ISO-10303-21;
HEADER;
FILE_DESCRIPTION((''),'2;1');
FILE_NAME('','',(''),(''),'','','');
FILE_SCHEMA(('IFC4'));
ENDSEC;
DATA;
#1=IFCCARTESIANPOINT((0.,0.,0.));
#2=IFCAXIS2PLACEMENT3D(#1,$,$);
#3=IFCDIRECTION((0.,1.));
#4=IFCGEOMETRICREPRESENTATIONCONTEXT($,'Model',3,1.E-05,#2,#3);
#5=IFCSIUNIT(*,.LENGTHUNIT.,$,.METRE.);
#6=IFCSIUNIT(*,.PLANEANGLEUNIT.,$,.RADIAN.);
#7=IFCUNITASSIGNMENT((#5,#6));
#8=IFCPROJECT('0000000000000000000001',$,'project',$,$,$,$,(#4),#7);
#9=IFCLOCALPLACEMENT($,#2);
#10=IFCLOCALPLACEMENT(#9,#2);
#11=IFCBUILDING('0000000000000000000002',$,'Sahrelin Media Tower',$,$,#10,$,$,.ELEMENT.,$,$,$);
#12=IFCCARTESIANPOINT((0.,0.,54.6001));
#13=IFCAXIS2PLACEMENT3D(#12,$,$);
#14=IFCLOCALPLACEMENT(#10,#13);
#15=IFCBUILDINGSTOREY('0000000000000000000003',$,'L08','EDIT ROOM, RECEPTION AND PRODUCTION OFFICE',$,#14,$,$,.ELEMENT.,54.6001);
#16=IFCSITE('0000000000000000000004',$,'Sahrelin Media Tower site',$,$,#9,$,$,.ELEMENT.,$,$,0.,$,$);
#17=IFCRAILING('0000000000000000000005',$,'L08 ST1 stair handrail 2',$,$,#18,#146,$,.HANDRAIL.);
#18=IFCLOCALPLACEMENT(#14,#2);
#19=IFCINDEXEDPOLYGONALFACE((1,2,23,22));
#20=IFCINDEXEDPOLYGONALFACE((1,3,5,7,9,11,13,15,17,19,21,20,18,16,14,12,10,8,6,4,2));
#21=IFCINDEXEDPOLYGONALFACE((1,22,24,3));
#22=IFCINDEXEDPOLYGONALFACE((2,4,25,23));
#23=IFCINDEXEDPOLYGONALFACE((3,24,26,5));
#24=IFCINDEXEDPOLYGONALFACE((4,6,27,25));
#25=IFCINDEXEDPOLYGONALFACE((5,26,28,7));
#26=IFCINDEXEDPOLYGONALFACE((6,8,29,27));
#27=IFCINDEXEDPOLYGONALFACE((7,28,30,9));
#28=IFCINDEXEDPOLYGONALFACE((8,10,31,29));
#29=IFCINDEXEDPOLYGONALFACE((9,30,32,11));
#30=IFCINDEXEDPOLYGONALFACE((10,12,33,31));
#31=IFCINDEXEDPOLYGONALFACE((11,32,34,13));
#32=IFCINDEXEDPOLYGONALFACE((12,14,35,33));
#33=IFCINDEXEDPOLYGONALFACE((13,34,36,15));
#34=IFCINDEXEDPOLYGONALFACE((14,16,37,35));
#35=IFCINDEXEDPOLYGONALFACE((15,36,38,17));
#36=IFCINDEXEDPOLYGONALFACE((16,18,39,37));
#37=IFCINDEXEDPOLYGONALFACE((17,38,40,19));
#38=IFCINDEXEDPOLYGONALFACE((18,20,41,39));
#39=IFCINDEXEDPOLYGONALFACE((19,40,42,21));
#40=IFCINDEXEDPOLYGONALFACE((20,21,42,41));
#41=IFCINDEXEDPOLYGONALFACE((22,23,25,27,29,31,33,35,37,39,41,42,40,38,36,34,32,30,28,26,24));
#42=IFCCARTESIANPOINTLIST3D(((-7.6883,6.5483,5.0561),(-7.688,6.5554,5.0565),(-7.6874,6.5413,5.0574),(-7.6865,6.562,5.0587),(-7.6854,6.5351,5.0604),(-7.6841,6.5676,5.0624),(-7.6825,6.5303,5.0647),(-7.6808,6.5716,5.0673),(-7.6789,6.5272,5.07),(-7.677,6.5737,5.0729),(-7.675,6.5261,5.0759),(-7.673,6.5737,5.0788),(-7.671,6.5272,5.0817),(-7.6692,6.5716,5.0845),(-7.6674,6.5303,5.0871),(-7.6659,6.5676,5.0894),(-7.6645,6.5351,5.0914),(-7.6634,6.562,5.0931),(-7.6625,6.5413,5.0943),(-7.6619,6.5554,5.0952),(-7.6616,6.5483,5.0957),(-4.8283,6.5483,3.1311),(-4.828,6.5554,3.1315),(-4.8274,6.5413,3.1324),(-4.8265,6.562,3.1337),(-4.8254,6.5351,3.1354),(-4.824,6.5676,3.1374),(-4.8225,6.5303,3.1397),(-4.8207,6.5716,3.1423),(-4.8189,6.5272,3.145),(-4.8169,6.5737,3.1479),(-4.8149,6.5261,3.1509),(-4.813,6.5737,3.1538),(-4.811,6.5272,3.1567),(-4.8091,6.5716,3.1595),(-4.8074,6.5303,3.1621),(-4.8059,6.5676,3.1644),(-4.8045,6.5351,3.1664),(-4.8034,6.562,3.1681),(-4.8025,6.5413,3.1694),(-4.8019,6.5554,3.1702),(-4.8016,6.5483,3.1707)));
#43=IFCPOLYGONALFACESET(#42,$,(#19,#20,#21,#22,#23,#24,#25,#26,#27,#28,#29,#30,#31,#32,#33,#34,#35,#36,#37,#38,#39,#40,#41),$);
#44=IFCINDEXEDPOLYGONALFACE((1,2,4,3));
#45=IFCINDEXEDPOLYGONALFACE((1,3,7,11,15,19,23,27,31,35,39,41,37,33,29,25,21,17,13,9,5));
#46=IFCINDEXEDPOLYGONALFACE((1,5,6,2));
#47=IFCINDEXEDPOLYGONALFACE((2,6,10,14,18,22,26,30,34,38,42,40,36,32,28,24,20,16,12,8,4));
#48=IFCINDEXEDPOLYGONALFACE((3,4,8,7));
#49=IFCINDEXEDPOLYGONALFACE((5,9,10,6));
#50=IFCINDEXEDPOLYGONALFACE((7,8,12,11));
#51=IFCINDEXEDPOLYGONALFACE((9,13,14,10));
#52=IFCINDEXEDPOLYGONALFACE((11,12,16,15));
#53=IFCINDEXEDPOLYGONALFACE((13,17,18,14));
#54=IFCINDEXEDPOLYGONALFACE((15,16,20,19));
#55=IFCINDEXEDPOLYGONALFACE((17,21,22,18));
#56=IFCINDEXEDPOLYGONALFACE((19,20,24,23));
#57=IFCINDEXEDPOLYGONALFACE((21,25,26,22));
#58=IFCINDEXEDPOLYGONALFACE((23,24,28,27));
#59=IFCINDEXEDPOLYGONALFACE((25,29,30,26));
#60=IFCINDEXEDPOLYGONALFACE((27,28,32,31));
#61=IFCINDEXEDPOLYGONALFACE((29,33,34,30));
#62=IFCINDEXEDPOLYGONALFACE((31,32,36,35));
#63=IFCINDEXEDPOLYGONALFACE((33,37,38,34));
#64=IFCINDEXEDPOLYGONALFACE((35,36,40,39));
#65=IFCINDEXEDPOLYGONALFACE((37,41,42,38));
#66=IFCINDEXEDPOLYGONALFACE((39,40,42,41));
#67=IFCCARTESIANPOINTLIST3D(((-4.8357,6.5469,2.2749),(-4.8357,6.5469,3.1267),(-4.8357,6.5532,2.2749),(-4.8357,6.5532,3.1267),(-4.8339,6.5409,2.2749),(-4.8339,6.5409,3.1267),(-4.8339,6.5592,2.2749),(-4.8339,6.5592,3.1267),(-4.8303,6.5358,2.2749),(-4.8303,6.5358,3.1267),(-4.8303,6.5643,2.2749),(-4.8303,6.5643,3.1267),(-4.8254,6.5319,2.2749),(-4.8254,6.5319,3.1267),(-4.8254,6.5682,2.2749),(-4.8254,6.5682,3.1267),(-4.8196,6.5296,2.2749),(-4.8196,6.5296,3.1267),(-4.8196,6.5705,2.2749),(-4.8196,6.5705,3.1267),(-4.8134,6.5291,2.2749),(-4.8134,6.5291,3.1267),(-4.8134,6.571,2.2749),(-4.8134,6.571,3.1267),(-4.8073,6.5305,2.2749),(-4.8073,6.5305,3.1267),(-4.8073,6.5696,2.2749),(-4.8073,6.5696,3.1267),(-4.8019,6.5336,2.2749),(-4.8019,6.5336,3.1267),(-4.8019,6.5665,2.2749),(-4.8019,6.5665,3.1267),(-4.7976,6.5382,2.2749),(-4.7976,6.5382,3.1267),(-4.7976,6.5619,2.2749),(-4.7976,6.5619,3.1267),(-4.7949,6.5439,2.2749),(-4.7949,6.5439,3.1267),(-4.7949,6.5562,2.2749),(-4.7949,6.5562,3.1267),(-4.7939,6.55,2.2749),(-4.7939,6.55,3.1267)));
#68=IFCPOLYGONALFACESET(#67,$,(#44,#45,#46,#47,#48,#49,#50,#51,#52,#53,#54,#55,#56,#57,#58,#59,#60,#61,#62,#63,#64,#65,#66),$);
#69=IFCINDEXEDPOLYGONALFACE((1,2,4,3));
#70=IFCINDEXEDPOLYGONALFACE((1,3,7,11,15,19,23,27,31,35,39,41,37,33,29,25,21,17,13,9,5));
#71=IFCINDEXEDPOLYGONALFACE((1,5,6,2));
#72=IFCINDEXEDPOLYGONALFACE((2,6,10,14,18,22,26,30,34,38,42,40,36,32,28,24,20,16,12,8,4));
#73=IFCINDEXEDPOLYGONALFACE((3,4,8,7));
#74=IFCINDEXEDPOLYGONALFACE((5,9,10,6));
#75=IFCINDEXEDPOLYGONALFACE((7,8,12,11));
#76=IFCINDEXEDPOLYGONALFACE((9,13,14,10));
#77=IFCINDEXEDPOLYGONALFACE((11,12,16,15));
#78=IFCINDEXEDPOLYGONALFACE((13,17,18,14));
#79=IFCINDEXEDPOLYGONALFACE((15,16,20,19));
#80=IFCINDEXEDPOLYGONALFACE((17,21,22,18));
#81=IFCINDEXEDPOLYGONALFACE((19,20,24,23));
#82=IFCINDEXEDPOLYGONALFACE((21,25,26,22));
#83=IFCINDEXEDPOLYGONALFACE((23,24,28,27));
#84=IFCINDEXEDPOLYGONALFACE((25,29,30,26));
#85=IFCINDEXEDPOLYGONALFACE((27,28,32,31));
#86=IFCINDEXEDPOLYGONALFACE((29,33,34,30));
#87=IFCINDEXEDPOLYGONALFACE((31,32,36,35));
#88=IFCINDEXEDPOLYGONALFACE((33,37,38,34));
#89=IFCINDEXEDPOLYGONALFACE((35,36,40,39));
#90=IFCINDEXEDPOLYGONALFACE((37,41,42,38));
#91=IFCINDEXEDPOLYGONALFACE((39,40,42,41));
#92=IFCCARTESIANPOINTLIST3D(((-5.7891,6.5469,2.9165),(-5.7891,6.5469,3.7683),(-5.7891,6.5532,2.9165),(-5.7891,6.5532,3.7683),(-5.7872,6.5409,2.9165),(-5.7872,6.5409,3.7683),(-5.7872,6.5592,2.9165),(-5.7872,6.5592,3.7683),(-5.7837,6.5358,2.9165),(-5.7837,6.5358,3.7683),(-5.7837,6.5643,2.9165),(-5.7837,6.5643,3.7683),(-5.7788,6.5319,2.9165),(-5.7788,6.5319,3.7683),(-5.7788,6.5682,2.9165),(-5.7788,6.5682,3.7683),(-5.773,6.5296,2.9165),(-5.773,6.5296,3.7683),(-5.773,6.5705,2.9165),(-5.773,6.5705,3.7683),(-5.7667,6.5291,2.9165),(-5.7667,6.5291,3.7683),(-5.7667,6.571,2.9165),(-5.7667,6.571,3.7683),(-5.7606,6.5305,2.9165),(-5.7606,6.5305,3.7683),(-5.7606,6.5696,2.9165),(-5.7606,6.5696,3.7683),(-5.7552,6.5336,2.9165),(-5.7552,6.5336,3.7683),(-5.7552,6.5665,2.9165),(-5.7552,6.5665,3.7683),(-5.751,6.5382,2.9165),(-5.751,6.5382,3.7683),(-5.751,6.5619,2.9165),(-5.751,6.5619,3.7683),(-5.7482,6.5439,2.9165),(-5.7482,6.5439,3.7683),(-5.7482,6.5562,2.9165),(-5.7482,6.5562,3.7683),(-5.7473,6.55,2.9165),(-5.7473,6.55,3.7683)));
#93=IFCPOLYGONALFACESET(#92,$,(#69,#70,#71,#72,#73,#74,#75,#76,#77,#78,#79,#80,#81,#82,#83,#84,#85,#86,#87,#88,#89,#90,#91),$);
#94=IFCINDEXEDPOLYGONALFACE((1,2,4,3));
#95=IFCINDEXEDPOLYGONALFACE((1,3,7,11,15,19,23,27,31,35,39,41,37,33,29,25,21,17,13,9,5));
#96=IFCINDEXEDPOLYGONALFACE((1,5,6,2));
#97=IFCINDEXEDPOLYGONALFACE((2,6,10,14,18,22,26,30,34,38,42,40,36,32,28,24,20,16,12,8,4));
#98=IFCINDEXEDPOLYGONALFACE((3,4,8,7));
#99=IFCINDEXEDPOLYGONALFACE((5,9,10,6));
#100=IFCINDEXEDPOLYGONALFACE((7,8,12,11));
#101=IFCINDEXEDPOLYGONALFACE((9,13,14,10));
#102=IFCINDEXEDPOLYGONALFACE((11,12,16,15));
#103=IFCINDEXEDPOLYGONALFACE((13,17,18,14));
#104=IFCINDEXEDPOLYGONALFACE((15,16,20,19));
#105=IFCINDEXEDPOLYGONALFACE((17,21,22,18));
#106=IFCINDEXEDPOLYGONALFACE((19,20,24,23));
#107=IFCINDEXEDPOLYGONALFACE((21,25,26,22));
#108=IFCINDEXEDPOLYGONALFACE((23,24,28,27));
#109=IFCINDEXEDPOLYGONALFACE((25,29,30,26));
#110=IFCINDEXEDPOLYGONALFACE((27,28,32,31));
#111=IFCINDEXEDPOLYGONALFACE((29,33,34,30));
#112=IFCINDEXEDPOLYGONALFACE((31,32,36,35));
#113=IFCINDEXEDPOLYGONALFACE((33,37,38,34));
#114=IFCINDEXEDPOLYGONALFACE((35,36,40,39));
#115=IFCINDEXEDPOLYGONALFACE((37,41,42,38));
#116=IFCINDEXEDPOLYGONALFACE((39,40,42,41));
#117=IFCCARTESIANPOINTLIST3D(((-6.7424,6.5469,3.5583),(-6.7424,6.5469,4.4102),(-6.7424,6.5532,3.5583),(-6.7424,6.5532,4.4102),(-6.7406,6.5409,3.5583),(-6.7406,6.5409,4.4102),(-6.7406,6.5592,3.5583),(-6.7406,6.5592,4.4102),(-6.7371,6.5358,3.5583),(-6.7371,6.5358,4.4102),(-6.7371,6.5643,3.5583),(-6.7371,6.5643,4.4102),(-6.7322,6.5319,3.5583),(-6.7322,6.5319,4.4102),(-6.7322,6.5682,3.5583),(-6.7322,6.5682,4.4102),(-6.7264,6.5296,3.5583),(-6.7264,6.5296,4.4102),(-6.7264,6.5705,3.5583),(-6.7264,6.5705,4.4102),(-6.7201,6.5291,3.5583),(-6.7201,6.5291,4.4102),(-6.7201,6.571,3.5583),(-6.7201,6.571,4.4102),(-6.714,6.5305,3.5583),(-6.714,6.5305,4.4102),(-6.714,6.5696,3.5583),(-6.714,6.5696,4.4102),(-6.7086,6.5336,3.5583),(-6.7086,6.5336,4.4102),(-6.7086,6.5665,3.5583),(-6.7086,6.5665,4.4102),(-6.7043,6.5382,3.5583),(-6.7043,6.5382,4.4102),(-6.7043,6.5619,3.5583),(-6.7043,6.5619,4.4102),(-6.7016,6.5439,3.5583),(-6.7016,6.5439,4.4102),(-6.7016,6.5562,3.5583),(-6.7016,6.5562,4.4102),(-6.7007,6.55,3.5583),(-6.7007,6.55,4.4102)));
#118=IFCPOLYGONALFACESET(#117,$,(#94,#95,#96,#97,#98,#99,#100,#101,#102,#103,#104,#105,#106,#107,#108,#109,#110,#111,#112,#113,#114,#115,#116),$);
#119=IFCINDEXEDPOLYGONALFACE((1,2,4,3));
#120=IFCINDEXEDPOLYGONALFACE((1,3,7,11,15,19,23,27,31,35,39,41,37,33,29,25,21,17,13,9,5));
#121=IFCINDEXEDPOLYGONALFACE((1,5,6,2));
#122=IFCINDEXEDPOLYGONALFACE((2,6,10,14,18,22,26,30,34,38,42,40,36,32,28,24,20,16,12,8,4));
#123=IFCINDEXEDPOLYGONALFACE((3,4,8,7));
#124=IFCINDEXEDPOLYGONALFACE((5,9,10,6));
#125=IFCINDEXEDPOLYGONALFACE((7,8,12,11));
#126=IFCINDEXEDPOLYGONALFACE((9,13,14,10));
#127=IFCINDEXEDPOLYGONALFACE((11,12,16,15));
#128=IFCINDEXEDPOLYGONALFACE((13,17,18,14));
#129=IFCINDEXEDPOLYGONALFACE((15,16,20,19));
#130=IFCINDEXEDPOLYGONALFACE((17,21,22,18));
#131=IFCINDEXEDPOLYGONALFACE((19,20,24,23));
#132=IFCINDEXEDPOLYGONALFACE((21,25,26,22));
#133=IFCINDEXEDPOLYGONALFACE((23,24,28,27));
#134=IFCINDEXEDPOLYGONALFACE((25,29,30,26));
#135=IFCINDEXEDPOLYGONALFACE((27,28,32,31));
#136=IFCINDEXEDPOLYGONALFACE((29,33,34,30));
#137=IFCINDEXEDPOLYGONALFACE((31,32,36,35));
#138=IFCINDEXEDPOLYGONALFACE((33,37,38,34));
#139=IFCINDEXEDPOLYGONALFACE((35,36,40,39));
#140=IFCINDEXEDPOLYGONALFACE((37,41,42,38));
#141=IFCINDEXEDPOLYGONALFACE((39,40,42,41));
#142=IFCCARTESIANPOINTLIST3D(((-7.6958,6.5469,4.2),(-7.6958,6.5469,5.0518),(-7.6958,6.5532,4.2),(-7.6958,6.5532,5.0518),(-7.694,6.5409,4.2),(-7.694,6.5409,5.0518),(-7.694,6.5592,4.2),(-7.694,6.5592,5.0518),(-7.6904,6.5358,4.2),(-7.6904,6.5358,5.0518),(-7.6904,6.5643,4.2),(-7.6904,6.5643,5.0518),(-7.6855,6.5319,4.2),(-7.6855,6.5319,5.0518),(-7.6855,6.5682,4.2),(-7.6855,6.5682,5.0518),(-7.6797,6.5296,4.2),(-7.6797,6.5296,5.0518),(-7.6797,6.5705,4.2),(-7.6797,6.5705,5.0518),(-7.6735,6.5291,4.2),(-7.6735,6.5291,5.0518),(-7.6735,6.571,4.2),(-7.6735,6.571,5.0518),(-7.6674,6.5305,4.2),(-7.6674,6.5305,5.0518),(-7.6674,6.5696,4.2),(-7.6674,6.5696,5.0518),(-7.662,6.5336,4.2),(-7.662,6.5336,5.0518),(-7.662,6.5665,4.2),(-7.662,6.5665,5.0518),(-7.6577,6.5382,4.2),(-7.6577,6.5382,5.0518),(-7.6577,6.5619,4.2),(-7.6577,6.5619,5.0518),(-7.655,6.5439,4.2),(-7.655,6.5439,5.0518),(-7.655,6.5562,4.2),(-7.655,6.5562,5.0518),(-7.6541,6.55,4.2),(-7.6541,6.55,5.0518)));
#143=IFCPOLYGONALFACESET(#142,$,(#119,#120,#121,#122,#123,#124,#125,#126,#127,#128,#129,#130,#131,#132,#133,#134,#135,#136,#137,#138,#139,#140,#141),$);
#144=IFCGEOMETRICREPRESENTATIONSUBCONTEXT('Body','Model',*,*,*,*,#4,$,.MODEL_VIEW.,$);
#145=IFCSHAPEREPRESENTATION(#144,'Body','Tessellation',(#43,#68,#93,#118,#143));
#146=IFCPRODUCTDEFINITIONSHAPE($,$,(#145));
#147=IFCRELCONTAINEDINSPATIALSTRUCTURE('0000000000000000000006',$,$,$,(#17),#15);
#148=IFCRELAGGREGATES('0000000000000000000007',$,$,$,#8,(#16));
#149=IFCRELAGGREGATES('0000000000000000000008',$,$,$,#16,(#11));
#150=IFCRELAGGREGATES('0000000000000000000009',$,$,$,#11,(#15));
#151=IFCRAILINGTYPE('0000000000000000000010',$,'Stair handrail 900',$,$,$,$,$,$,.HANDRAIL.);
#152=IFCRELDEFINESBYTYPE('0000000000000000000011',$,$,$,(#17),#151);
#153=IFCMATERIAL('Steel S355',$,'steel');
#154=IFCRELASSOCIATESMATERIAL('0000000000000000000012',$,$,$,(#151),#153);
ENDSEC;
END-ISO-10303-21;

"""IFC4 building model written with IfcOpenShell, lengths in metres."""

from ifc_helpers import new_model, si_unit, direction, frame, origin, origin_2d, place, context, subcontext, project, spatial, circle, extrude, material, type_object, element, save


model = new_model("IFC4")

# Units and contexts
model_context = context("Model", 3, precision=1e-05, world=origin(), true_north=direction((0.0, 1.0)))
body_context = subcontext(model_context, "Body", "Model", "MODEL_VIEW")
ifc_project = project(units=[si_unit("LENGTHUNIT", "METRE"), si_unit("PLANEANGLEUNIT", "RADIAN")], contexts=[model_context])

# Site, building, storey
site_placement = place(None, origin())
site = spatial("IfcSite", under=ifc_project, at=site_placement, Name="Sahrelin Media Tower site", CompositionType="ELEMENT", RefElevation=0.0)
building_placement = place(site_placement, origin())
building = spatial("IfcBuilding", under=site, at=building_placement, Name="Sahrelin Media Tower", CompositionType="ELEMENT")
storey_placement = place(building_placement, frame((0.0, 0.0, 54.6001)))
storey = spatial("IfcBuildingStorey", under=building, at=storey_placement, Name="L08", Description="EDIT ROOM, RECEPTION AND PRODUCTION OFFICE", CompositionType="ELEMENT", Elevation=54.6001)

# Shared definitions
ifc_material_1 = material(Name="Steel S355", Category="steel")

# Railing
railing_type_1 = type_object("IfcRailingType", Name="Stair handrail 900", PredefinedType="HANDRAIL", material=ifc_material_1)
railing_1_placement = place(storey_placement, frame((-4.8149, 6.55, 2.2749)))
element("IfcRailing", 1, at=railing_1_placement, inside=storey, type_object=railing_type_1, Name="L08 ST1 stair handrail 2", PredefinedType="HANDRAIL", context=body_context, shape_type="SweptSolid", body=[
    extrude(circle(Radius=0.0239, at=origin_2d()), frame((0.0, 0.0, 0.876), z_axis=(-0.829591, 0.0, 0.558372), x_axis=(0.0, -1.0, 0.0)), (0.0, 0.0, 1.0), 3.4475),
    extrude(circle(Radius=0.021, at=origin_2d()), origin(), (0.0, 0.0, 1.0), 0.8518),
    extrude(circle(Radius=0.021, at=origin_2d()), frame((-0.9534, 0.0, 0.6416)), (0.0, 0.0, 1.0), 0.8518),
    extrude(circle(Radius=0.021, at=origin_2d()), frame((-1.9067, 0.0, 1.2834)), (0.0, 0.0, 1.0), 0.8518),
    extrude(circle(Radius=0.021, at=origin_2d()), frame((-2.8601, 0.0, 1.925)), (0.0, 0.0, 1.0), 0.8518),
])

save(model, "model.ifc")
